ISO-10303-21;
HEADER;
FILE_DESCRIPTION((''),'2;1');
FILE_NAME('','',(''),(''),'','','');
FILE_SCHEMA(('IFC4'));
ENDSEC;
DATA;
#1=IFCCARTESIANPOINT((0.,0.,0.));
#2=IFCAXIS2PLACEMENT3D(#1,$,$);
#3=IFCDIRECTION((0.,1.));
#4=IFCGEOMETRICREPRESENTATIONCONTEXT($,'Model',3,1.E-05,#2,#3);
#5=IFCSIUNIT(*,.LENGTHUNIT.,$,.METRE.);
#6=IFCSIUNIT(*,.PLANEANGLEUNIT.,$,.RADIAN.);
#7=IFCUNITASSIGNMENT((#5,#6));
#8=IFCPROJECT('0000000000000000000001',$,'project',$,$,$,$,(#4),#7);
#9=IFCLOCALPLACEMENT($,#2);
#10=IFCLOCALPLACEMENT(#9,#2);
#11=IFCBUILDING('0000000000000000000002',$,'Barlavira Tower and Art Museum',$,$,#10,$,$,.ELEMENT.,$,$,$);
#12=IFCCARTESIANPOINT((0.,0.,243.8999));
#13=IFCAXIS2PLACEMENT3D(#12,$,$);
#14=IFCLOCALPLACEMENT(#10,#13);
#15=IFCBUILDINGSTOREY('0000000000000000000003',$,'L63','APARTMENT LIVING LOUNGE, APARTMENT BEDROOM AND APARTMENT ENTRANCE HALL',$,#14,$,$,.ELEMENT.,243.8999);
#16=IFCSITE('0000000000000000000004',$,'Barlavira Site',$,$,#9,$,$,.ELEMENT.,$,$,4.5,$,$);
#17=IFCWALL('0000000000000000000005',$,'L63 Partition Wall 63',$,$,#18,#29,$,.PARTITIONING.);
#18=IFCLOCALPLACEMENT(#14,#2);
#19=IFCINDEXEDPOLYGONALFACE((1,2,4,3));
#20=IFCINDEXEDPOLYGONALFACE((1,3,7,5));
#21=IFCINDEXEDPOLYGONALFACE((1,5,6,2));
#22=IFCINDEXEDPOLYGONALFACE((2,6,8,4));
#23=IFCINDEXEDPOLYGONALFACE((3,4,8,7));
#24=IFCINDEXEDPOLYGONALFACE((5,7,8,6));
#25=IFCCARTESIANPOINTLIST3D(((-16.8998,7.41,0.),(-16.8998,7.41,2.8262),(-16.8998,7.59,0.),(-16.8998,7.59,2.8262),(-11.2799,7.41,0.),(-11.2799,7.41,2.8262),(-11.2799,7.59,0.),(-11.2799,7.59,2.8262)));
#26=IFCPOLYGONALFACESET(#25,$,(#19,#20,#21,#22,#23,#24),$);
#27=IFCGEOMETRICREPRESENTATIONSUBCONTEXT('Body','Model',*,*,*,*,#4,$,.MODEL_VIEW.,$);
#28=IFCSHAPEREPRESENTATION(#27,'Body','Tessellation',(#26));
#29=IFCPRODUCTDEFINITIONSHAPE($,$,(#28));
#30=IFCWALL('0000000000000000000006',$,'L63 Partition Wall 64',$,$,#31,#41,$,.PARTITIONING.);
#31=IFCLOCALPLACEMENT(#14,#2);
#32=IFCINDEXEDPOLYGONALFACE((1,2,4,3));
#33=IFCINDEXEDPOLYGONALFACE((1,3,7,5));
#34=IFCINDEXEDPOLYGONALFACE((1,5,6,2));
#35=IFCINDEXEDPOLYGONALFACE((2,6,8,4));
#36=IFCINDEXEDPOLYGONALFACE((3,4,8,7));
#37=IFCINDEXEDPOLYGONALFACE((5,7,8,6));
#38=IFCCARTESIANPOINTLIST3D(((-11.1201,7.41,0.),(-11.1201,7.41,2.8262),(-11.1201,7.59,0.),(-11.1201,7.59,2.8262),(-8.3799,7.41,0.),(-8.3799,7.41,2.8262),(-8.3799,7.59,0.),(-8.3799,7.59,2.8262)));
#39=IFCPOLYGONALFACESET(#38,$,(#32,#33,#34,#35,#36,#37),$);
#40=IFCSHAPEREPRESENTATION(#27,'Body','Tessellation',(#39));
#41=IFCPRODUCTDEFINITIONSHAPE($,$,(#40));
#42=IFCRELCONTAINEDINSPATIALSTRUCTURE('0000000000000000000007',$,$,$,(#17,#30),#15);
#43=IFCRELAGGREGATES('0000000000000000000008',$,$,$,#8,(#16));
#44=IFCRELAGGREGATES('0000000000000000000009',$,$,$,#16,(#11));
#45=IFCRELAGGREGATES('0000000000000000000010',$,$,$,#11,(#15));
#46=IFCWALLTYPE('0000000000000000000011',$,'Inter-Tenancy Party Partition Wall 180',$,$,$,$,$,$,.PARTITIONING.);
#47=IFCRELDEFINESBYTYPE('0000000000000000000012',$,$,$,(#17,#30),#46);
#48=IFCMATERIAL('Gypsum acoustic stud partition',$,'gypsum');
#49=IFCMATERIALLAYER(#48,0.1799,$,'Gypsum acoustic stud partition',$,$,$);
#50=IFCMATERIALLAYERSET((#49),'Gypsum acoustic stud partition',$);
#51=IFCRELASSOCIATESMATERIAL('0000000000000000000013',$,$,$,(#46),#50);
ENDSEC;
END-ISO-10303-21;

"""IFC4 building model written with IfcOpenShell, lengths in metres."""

from ifc_helpers import new_model, si_unit, direction, frame, frame_2d, origin, place, context, subcontext, project, spatial, rectangle, extrude, material, layer, layer_set, type_object, element, save


model = new_model("IFC4")

# Units and contexts
model_context = context("Model", 3, precision=1e-05, world=origin(), true_north=direction((0.0, 1.0)))
body_context = subcontext(model_context, "Body", "Model", "MODEL_VIEW")
ifc_project = project(units=[si_unit("LENGTHUNIT", "METRE"), si_unit("PLANEANGLEUNIT", "RADIAN")], contexts=[model_context])

# Site, building, storey
site_placement = place(None, origin())
site = spatial("IfcSite", under=ifc_project, at=site_placement, Name="Barlavira Site", CompositionType="ELEMENT", RefElevation=4.5)
building_placement = place(site_placement, origin())
building = spatial("IfcBuilding", under=site, at=building_placement, Name="Barlavira Tower and Art Museum", CompositionType="ELEMENT")
storey_placement = place(building_placement, frame((0.0, 0.0, 243.8999)))
storey = spatial("IfcBuildingStorey", under=building, at=storey_placement, Name="L63", Description="APARTMENT LIVING LOUNGE, APARTMENT BEDROOM AND APARTMENT ENTRANCE HALL", CompositionType="ELEMENT", Elevation=243.8999)

# Shared definitions
ifc_material_1 = material(Name="Gypsum acoustic stud partition", Category="gypsum")

# Walls
ifc_layer_1 = layer(ifc_material_1, 0.1799, Name="Gypsum acoustic stud partition")
ifc_layer_set_1 = layer_set([ifc_layer_1], Name="Gypsum acoustic stud partition")
wall_type_1 = type_object("IfcWallType", Name="Inter-Tenancy Party Partition Wall 180", PredefinedType="PARTITIONING", material=ifc_layer_set_1)
wall_1_placement = place(storey_placement, frame((-16.8999, 7.5, 0.0), z_axis=(0.0, 0.0, 1.0), x_axis=(1.0, 0.0, 0.0)))
element("IfcWall", 1, at=wall_1_placement, inside=storey, type_object=wall_type_1, Name="L63 Partition Wall 63", PredefinedType="PARTITIONING", context=body_context, shape_type="SweptSolid", body=[
    extrude(rectangle(XDim=5.6199, YDim=0.1799, at=frame_2d((2.8101, 0.0))), origin(), (0.0, 0.0, 1.0), 2.8262),
])
wall_2_placement = place(storey_placement, frame((-11.1201, 7.5, 0.0), z_axis=(0.0, 0.0, 1.0), x_axis=(1.0, 0.0, 0.0)))
element("IfcWall", 2, at=wall_2_placement, inside=storey, type_object=wall_type_1, Name="L63 Partition Wall 64", PredefinedType="PARTITIONING", context=body_context, shape_type="SweptSolid", body=[
    extrude(rectangle(XDim=2.7402, YDim=0.1799, at=frame_2d((1.3701, 0.0))), origin(), (0.0, 0.0, 1.0), 2.8262),
])

save(model, "model.ifc")
